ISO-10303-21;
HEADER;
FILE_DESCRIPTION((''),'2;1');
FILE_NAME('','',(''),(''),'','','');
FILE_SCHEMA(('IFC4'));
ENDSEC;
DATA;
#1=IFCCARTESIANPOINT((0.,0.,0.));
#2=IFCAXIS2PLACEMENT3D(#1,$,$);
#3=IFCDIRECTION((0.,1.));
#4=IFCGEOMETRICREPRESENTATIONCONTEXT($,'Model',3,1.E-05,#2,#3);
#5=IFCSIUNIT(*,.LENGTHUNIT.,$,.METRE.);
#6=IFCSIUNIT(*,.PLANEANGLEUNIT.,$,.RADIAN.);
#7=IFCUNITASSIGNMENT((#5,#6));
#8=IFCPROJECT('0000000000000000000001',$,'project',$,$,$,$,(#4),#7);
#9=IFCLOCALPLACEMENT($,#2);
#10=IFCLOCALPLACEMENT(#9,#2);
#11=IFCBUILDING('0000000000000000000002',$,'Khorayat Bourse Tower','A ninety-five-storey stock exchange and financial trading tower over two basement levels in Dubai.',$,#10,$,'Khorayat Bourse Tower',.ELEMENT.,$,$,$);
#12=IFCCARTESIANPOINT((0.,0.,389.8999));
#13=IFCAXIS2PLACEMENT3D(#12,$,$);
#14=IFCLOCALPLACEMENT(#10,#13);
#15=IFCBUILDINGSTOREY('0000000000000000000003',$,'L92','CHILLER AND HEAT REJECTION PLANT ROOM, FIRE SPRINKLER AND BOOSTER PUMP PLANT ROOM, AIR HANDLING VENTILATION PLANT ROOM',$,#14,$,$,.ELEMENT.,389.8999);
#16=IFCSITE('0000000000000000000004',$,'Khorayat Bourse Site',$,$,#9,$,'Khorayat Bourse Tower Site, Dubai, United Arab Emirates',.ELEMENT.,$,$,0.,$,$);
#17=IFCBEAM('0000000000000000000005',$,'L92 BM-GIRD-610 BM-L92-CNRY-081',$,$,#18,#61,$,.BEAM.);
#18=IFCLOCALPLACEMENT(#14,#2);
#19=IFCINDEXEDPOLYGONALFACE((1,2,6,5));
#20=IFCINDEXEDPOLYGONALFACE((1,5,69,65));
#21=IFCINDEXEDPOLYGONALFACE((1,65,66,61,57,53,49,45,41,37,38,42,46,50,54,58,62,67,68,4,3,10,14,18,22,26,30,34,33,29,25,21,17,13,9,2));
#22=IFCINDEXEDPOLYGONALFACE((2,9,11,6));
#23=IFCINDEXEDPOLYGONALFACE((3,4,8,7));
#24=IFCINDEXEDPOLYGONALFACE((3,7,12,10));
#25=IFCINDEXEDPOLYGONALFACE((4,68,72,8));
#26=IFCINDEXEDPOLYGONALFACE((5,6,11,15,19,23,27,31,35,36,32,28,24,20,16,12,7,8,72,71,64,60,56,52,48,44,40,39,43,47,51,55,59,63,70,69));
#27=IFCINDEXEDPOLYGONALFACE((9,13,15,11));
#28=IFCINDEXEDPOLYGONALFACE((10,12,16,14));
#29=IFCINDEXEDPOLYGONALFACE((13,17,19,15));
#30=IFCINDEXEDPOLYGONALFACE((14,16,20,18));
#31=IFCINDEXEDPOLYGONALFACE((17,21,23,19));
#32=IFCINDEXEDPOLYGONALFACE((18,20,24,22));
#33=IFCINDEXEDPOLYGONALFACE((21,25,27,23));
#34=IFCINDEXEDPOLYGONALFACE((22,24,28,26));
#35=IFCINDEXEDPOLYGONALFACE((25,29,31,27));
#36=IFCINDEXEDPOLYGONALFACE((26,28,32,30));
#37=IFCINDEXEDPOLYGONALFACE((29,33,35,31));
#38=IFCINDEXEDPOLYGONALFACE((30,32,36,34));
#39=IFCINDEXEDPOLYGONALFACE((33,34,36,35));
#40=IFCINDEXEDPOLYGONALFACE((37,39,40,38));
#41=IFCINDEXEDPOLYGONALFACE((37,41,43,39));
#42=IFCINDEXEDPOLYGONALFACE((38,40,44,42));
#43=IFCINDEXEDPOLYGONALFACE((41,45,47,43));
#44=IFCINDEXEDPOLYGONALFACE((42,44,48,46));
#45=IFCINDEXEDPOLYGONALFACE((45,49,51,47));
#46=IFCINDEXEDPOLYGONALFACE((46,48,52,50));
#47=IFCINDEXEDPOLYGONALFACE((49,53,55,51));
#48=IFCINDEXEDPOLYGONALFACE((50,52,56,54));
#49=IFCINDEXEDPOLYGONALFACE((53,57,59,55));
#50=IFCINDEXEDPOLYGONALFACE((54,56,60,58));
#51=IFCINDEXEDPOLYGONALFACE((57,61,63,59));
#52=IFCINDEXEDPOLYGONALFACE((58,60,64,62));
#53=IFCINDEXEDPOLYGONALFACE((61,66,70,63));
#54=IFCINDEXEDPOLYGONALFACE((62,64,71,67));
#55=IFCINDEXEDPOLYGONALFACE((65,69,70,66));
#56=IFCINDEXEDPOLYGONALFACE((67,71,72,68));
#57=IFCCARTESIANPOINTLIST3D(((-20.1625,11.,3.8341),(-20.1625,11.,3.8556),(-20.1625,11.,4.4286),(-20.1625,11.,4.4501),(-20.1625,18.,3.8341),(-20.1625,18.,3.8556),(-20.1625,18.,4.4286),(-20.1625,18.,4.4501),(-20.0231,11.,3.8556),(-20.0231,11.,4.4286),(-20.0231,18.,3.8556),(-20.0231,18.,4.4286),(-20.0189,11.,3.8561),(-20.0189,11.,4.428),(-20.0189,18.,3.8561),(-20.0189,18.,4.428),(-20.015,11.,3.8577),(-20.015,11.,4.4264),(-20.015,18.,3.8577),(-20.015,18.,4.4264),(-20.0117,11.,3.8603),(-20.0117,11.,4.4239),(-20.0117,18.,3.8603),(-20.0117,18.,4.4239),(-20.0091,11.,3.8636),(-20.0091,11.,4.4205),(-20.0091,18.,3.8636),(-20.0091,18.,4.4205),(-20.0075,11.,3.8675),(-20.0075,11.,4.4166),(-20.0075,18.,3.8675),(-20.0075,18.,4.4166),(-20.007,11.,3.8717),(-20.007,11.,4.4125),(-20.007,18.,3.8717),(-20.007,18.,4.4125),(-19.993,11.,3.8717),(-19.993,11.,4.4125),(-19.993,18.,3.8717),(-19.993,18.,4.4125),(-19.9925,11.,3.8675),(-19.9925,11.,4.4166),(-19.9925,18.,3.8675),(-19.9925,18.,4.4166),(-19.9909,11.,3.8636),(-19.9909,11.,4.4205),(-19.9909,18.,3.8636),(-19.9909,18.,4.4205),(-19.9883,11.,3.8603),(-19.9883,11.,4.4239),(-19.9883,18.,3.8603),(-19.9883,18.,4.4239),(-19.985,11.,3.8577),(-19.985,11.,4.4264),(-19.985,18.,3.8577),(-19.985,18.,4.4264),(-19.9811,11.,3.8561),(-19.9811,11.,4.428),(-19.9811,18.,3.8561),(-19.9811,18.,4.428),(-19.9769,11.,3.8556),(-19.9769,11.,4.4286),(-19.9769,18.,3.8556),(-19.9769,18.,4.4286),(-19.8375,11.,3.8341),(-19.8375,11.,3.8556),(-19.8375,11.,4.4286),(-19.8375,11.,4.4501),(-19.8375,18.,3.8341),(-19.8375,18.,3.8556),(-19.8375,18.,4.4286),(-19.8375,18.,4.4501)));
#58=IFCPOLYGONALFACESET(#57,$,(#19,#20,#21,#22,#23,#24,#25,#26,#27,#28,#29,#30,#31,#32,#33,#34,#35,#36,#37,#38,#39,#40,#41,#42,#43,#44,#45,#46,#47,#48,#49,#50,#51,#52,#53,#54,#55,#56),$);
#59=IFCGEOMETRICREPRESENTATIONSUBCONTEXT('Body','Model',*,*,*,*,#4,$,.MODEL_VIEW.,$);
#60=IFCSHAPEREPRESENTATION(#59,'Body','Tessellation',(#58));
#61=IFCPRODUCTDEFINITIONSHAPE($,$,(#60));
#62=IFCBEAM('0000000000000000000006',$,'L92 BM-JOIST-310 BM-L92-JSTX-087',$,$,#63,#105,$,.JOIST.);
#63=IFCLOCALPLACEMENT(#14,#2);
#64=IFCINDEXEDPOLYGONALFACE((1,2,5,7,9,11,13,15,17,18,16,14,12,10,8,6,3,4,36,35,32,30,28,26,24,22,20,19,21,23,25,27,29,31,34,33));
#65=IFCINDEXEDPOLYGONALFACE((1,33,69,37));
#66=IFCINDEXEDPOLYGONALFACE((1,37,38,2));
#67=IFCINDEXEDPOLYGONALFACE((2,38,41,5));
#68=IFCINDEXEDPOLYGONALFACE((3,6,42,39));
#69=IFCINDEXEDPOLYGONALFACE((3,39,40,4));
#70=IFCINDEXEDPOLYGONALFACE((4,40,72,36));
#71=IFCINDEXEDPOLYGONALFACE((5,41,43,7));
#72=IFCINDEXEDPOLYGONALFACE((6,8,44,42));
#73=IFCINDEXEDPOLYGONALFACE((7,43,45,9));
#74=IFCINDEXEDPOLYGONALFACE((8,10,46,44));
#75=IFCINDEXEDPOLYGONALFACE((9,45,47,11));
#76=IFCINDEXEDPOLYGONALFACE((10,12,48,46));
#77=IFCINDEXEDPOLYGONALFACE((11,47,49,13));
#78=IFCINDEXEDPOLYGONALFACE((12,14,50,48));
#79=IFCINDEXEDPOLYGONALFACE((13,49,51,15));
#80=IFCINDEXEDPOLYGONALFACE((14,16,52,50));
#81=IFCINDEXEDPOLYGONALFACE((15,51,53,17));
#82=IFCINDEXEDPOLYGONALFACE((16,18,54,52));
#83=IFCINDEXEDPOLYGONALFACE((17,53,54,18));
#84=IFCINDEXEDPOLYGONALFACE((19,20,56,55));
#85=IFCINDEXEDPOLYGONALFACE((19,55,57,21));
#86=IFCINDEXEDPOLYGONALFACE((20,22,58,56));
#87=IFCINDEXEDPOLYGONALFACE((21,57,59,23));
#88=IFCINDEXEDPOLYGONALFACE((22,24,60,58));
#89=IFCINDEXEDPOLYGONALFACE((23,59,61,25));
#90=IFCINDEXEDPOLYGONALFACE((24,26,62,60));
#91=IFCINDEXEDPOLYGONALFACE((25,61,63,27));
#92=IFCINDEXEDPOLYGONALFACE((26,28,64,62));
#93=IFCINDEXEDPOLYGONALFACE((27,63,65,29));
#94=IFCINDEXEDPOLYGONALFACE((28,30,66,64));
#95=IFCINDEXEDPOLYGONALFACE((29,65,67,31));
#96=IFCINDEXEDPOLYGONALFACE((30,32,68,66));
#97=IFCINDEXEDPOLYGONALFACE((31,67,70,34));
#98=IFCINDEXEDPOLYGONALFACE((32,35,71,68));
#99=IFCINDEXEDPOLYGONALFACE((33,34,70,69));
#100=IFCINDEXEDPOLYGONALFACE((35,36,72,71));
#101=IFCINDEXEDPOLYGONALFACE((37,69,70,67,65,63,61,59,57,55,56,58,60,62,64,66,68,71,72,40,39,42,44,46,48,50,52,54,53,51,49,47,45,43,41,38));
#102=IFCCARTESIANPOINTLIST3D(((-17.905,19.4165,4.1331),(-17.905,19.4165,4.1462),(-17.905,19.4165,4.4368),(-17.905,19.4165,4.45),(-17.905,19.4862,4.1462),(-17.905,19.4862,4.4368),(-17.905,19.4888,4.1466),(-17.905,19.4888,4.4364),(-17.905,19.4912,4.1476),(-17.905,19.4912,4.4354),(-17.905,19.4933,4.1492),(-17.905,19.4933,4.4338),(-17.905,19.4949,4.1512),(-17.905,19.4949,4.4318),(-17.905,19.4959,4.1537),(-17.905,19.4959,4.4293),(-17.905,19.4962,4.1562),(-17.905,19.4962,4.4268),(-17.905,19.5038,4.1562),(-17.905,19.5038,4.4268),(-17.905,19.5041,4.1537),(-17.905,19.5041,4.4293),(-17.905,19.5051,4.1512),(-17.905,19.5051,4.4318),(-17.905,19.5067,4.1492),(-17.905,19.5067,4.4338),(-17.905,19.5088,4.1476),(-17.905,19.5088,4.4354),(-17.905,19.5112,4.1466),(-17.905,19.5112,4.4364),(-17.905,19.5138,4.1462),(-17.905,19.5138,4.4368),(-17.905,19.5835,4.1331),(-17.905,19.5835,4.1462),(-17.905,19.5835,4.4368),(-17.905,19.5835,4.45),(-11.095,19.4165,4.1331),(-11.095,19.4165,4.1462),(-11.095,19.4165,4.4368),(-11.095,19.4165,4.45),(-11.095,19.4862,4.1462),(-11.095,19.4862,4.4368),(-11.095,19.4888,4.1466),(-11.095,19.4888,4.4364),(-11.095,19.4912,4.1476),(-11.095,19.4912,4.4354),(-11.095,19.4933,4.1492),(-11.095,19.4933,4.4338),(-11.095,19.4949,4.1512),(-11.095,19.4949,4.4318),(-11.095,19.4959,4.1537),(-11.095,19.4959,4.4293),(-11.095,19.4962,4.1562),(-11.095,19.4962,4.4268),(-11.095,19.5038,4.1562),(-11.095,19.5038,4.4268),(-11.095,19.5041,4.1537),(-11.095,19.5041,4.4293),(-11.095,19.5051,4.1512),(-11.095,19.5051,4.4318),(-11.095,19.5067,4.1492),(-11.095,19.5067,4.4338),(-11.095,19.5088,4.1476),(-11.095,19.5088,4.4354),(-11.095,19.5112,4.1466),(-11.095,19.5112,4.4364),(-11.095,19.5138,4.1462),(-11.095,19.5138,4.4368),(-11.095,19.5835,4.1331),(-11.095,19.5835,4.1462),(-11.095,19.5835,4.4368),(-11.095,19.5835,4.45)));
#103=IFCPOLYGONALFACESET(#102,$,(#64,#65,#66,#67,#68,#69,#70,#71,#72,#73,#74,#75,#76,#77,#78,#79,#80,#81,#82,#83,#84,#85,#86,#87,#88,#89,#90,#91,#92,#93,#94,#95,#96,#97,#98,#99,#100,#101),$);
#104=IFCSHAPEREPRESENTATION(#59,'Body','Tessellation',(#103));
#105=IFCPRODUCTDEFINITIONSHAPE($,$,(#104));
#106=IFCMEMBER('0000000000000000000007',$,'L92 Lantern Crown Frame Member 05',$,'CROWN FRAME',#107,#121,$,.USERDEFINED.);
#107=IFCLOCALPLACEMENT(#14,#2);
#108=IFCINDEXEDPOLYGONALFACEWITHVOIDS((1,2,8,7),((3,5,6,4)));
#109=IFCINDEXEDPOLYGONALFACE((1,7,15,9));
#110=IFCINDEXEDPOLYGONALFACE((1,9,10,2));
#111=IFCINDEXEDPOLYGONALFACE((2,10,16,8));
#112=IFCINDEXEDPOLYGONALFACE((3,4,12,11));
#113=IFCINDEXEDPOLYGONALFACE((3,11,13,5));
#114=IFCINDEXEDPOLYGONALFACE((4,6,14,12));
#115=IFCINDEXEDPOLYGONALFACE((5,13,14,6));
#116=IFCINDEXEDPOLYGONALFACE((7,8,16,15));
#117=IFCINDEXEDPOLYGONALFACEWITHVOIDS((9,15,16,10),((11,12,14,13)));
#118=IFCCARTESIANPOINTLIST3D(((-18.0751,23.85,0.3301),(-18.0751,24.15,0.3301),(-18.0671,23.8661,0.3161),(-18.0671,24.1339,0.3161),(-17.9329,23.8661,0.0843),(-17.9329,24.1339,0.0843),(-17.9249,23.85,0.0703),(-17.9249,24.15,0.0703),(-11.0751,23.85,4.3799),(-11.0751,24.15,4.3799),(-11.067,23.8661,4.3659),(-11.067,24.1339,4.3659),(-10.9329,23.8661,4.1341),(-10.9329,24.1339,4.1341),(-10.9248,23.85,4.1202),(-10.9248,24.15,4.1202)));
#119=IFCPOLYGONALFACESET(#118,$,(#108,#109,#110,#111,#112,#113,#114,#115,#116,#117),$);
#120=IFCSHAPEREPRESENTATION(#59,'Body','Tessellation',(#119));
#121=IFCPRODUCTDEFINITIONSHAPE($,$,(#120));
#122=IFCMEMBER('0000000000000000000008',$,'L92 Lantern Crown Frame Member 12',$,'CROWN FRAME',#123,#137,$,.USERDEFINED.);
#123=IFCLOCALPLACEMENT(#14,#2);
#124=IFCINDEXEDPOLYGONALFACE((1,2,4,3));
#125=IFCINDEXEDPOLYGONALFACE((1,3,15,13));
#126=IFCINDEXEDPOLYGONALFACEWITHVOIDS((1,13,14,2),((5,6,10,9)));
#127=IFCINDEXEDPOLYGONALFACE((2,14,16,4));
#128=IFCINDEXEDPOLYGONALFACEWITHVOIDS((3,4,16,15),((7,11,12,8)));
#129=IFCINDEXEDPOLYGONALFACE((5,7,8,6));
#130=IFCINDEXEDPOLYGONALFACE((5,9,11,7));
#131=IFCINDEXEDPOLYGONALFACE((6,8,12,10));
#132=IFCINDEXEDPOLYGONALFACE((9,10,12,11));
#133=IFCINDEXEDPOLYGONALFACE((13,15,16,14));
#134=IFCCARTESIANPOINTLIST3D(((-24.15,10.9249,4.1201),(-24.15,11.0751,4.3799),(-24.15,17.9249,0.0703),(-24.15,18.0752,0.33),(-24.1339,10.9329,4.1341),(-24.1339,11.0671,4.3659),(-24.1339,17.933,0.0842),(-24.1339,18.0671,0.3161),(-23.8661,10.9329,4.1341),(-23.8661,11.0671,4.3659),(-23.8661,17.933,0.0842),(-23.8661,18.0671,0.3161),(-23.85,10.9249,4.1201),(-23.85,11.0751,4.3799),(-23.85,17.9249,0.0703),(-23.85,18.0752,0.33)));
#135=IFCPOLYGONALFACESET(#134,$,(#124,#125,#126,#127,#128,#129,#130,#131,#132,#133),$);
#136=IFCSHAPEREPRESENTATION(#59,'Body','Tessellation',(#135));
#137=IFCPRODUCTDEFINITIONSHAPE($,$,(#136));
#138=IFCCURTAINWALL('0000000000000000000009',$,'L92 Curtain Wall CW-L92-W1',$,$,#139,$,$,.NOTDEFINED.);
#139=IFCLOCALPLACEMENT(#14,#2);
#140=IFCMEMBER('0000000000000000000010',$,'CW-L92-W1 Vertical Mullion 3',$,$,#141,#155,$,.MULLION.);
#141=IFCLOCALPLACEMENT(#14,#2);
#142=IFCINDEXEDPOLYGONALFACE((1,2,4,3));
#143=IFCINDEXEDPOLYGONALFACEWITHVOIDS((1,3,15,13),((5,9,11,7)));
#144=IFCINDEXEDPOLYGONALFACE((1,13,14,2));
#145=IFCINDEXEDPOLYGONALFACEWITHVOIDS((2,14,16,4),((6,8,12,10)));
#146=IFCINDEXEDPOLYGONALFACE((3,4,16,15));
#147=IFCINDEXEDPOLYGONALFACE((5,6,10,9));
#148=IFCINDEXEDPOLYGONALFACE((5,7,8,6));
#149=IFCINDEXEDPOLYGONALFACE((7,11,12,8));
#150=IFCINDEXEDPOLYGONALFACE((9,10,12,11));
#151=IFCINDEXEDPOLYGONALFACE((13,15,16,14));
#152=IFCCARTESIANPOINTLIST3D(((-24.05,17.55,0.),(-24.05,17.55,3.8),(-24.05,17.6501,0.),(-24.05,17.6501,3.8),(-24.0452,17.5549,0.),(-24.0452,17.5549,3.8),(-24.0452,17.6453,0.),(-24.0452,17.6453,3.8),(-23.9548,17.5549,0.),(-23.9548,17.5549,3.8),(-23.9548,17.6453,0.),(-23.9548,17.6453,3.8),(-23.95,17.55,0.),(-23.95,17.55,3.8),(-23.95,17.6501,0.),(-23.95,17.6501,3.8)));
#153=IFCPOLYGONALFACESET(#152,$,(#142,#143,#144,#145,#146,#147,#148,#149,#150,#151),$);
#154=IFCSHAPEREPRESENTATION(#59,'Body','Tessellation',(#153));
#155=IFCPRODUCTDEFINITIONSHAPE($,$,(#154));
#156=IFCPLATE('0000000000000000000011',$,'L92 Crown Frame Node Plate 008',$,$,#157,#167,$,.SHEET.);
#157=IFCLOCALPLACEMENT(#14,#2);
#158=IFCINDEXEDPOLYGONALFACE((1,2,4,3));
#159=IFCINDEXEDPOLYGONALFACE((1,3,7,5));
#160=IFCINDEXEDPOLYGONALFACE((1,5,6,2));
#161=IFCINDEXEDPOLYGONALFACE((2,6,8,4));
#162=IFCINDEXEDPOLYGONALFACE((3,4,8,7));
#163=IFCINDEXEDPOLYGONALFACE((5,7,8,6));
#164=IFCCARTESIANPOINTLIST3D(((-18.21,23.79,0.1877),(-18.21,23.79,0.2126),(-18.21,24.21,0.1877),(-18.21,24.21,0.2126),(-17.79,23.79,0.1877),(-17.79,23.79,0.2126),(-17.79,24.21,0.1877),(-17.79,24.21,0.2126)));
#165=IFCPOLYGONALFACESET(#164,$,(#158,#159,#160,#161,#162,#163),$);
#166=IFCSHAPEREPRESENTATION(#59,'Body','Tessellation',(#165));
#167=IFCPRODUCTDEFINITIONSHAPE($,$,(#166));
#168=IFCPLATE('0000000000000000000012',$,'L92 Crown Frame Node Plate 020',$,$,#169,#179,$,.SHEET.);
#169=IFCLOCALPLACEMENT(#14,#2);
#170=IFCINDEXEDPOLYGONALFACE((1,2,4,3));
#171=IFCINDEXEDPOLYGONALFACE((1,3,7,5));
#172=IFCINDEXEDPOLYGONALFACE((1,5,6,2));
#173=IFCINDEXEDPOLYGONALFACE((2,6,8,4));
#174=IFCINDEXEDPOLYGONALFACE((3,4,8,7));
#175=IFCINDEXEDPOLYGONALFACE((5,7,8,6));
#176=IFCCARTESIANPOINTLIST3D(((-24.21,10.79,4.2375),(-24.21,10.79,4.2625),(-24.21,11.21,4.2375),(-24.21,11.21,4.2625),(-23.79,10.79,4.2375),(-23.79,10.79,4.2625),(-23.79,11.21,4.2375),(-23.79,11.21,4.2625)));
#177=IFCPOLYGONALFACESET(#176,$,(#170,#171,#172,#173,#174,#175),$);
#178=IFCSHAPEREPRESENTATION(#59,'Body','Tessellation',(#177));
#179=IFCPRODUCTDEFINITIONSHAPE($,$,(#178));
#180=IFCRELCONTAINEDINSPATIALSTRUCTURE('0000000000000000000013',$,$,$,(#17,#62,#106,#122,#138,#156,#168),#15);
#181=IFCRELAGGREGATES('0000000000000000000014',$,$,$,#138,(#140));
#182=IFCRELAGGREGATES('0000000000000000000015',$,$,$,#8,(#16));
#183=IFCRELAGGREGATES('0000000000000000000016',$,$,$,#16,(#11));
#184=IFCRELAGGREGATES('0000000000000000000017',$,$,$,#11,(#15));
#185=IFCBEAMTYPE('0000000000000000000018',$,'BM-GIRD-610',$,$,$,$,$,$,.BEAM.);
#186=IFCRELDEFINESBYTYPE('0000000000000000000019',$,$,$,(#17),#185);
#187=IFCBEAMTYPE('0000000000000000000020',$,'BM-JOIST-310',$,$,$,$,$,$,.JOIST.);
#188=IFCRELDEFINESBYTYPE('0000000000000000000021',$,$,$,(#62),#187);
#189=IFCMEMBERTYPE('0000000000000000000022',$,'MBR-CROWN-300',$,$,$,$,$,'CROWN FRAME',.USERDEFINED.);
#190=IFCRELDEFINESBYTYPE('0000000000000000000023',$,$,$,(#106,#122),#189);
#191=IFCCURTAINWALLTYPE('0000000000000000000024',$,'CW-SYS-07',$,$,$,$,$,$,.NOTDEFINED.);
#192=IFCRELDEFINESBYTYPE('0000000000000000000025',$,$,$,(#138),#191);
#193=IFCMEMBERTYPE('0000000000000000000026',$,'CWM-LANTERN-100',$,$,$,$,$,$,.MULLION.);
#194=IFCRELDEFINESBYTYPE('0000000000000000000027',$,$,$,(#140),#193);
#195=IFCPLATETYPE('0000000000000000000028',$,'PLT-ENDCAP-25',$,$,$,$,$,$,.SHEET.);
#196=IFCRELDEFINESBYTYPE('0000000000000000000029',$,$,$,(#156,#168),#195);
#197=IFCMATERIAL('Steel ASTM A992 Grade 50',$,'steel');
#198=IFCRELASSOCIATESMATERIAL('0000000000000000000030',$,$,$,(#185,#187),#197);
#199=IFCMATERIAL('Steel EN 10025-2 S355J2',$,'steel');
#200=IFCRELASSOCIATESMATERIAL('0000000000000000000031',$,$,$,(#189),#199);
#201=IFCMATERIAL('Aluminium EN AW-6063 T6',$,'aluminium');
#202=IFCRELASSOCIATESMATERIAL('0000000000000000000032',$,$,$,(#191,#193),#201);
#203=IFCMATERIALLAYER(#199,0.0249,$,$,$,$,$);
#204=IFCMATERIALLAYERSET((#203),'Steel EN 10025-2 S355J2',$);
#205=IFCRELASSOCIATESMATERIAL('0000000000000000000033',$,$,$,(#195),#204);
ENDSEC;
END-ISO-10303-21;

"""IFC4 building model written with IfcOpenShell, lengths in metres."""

from ifc_helpers import new_model, si_unit, direction, frame, origin, origin_2d, place, context, subcontext, project, spatial, rectangle, hollow_rectangle, i_section, extrude, source, transform, mapped, material, layer, layer_set, material_profile, profile_set, type_object, element, aggregate, save


model = new_model("IFC4")

# Units and contexts
model_context = context("Model", 3, precision=1e-05, world=origin(), true_north=direction((0.0, 1.0)))
body_context = subcontext(model_context, "Body", "Model", "MODEL_VIEW")
ifc_project = project(units=[si_unit("LENGTHUNIT", "METRE"), si_unit("PLANEANGLEUNIT", "RADIAN")], contexts=[model_context])

# Site, building, storey
site_placement = place(None, origin())
site = spatial("IfcSite", under=ifc_project, at=site_placement, Name="Khorayat Bourse Site", LongName="Khorayat Bourse Tower Site, Dubai, United Arab Emirates", CompositionType="ELEMENT", RefElevation=0.0)
building_placement = place(site_placement, origin())
building = spatial("IfcBuilding", under=site, at=building_placement, Name="Khorayat Bourse Tower", Description="A ninety-five-storey stock exchange and financial trading tower over two basement levels in Dubai.", LongName="Khorayat Bourse Tower", CompositionType="ELEMENT")
storey_placement = place(building_placement, frame((0.0, 0.0, 389.8999)))
storey = spatial("IfcBuildingStorey", under=building, at=storey_placement, Name="L92", Description="CHILLER AND HEAT REJECTION PLANT ROOM, FIRE SPRINKLER AND BOOSTER PUMP PLANT ROOM, AIR HANDLING VENTILATION PLANT ROOM", CompositionType="ELEMENT", Elevation=389.8999)

# Shared definitions
ifc_material_1 = material(Name="Steel EN 10025-2 S355J2", Category="steel")

# Beams
ifc_material_2 = material(Name="Steel ASTM A992 Grade 50", Category="steel")
ifc_material_profile_1 = material_profile(ifc_material_2, i_section(OverallWidth=0.325, OverallDepth=0.616, WebThickness=0.0139, FlangeThickness=0.0215, FilletRadius=0.0161, at=origin_2d()), Name="W610X174")
ifc_profile_set_1 = profile_set([ifc_material_profile_1], Name="Steel ASTM A992 Grade 50")
beam_type_1 = type_object("IfcBeamType", Name="BM-GIRD-610", PredefinedType="BEAM", material=ifc_profile_set_1)
shared_shape_1 = source(origin(), body_context, "Body", "SweptSolid", [
    extrude(i_section(OverallWidth=0.325, OverallDepth=0.616, WebThickness=0.0139, FlangeThickness=0.0215, FilletRadius=0.0161, at=origin_2d()), origin(), (0.0, 0.0, 1.0), 7.0),
])
for number, where, z_axis, x_axis, name in (
    (1, (-20.0, 11.0, 4.1421), (0.0, 1.0, 0.0), (-1.0, 0.0, 0.0), "L92 BM-GIRD-610 BM-L92-CNRY-081"),
):
    element("IfcBeam", number, at=place(storey_placement, frame(where, z_axis=z_axis, x_axis=x_axis)), inside=storey, type_object=beam_type_1, Name=name, PredefinedType="BEAM", context=body_context, shape_type="MappedRepresentation", body=[
        mapped(shared_shape_1, transform((0.0, 0.0, 0.0), scale=1.0)),
    ])
ifc_material_profile_2 = material_profile(ifc_material_2, i_section(OverallWidth=0.167, OverallDepth=0.3169, WebThickness=0.0076, FlangeThickness=0.0132, FilletRadius=0.01, at=origin_2d()), Name="W310X52")
ifc_profile_set_2 = profile_set([ifc_material_profile_2], Name="Steel ASTM A992 Grade 50")
beam_type_2 = type_object("IfcBeamType", Name="BM-JOIST-310", PredefinedType="JOIST", material=ifc_profile_set_2)
shared_shape_2 = source(origin(), body_context, "Body", "SweptSolid", [
    extrude(i_section(OverallWidth=0.167, OverallDepth=0.3169, WebThickness=0.0076, FlangeThickness=0.0132, FilletRadius=0.01, at=origin_2d()), origin(), (0.0, 0.0, 1.0), 6.8101),
])
beam_1_placement = place(storey_placement, frame((-17.905, 19.5, 4.2915), z_axis=(1.0, 0.0, 0.0), x_axis=(0.0, 1.0, 0.0)))
element("IfcBeam", 2, at=beam_1_placement, inside=storey, type_object=beam_type_2, Name="L92 BM-JOIST-310 BM-L92-JSTX-087", PredefinedType="JOIST", context=body_context, shape_type="MappedRepresentation", body=[
    mapped(shared_shape_2, transform((0.0, 0.0, 0.0), scale=1.0)),
])

# Members
ifc_material_profile_3 = material_profile(ifc_material_1, hollow_rectangle(XDim=0.3, YDim=0.3, WallThickness=0.0161, at=origin_2d()), Name="HSS 300x300x16")
ifc_profile_set_3 = profile_set([ifc_material_profile_3], Name="Steel EN 10025-2 S355J2")
member_type_1 = type_object("IfcMemberType", Name="MBR-CROWN-300", ElementType="CROWN FRAME", PredefinedType="USERDEFINED", material=ifc_profile_set_3)
shared_shape_3 = source(origin(), body_context, "Body", "SweptSolid", [
    extrude(hollow_rectangle(XDim=0.3, YDim=0.3, WallThickness=0.0161, at=origin_2d()), origin(), (0.0, 0.0, 1.0), 8.0872),
])
for number, where, z_axis, x_axis, name in (
    (3, (-18.0, 24.0, 0.2002), (0.865578, 0.0, 0.500774), (0.0, 1.0, 0.0), "L92 Lantern Crown Frame Member 05"),
    (4, (-24.0, 11.0, 4.25), (0.0, 0.865578, -0.500774), (-1.0, 0.0, 0.0), "L92 Lantern Crown Frame Member 12"),
):
    element("IfcMember", number, at=place(storey_placement, frame(where, z_axis=z_axis, x_axis=x_axis)), inside=storey, type_object=member_type_1, Name=name, ObjectType="CROWN FRAME", PredefinedType="USERDEFINED", context=body_context, shape_type="MappedRepresentation", body=[
        mapped(shared_shape_3, transform((0.0, 0.0, 0.0), scale=1.0)),
    ])

# Curtain wall, member
ifc_material_3 = material(Name="Aluminium EN AW-6063 T6", Category="aluminium")
curtain_wall_type = type_object("IfcCurtainWallType", Name="CW-SYS-07", PredefinedType="NOTDEFINED", material=ifc_material_3)
curtain_wall_placement = place(storey_placement, origin())
curtain_wall = element("IfcCurtainWall", 5, at=curtain_wall_placement, inside=storey, type_object=curtain_wall_type, Name="L92 Curtain Wall CW-L92-W1", PredefinedType="NOTDEFINED")
ifc_material_profile_4 = material_profile(ifc_material_3, hollow_rectangle(XDim=0.1001, YDim=0.1001, WallThickness=0.0049, at=origin_2d()), Name="ALU 100x100x5")
ifc_profile_set_4 = profile_set([ifc_material_profile_4], Name="Aluminium EN AW-6063 T6")
member_type_2 = type_object("IfcMemberType", Name="CWM-LANTERN-100", PredefinedType="MULLION", material=ifc_profile_set_4)
shared_shape_4 = source(origin(), body_context, "Body", "SweptSolid", [
    extrude(hollow_rectangle(XDim=0.1001, YDim=0.1001, WallThickness=0.0049, at=origin_2d()), origin(), (0.0, 0.0, 1.0), 3.8),
])
member_placement = place(storey_placement, frame((-24.0, 17.6001, 0.0), z_axis=(0.0, 0.0, 1.0), x_axis=(-1.0, 0.0, 0.0)))
member = element("IfcMember", 6, at=member_placement, type_object=member_type_2, Name="CW-L92-W1 Vertical Mullion 3", PredefinedType="MULLION", context=body_context, shape_type="MappedRepresentation", body=[
    mapped(shared_shape_4, transform((0.0, 0.0, 0.0), scale=1.0)),
])
aggregate(curtain_wall, [member])

# Plates
ifc_layer_1 = layer(ifc_material_1, 0.0249)
ifc_layer_set_1 = layer_set([ifc_layer_1], Name="Steel EN 10025-2 S355J2")
plate_type = type_object("IfcPlateType", Name="PLT-ENDCAP-25", PredefinedType="SHEET", material=ifc_layer_set_1)
shared_shape_5 = source(origin(), body_context, "Body", "SweptSolid", [
    extrude(rectangle(XDim=0.4199, YDim=0.4199, at=origin_2d()), origin(), (0.0, 0.0, 1.0), 0.0249),
])
for number, where, z_axis, x_axis, name in (
    (7, (-18.0, 24.0, 0.1877), (0.0, 0.0, 1.0), (1.0, 0.0, 0.0), "L92 Crown Frame Node Plate 008"),
    (8, (-24.0, 11.0, 4.2375), (0.0, 0.0, 1.0), (1.0, 0.0, 0.0), "L92 Crown Frame Node Plate 020"),
):
    element("IfcPlate", number, at=place(storey_placement, frame(where, z_axis=z_axis, x_axis=x_axis)), inside=storey, type_object=plate_type, Name=name, PredefinedType="SHEET", context=body_context, shape_type="MappedRepresentation", body=[
        mapped(shared_shape_5, transform((0.0, 0.0, 0.0), scale=1.0)),
    ])

save(model, "model.ifc")
